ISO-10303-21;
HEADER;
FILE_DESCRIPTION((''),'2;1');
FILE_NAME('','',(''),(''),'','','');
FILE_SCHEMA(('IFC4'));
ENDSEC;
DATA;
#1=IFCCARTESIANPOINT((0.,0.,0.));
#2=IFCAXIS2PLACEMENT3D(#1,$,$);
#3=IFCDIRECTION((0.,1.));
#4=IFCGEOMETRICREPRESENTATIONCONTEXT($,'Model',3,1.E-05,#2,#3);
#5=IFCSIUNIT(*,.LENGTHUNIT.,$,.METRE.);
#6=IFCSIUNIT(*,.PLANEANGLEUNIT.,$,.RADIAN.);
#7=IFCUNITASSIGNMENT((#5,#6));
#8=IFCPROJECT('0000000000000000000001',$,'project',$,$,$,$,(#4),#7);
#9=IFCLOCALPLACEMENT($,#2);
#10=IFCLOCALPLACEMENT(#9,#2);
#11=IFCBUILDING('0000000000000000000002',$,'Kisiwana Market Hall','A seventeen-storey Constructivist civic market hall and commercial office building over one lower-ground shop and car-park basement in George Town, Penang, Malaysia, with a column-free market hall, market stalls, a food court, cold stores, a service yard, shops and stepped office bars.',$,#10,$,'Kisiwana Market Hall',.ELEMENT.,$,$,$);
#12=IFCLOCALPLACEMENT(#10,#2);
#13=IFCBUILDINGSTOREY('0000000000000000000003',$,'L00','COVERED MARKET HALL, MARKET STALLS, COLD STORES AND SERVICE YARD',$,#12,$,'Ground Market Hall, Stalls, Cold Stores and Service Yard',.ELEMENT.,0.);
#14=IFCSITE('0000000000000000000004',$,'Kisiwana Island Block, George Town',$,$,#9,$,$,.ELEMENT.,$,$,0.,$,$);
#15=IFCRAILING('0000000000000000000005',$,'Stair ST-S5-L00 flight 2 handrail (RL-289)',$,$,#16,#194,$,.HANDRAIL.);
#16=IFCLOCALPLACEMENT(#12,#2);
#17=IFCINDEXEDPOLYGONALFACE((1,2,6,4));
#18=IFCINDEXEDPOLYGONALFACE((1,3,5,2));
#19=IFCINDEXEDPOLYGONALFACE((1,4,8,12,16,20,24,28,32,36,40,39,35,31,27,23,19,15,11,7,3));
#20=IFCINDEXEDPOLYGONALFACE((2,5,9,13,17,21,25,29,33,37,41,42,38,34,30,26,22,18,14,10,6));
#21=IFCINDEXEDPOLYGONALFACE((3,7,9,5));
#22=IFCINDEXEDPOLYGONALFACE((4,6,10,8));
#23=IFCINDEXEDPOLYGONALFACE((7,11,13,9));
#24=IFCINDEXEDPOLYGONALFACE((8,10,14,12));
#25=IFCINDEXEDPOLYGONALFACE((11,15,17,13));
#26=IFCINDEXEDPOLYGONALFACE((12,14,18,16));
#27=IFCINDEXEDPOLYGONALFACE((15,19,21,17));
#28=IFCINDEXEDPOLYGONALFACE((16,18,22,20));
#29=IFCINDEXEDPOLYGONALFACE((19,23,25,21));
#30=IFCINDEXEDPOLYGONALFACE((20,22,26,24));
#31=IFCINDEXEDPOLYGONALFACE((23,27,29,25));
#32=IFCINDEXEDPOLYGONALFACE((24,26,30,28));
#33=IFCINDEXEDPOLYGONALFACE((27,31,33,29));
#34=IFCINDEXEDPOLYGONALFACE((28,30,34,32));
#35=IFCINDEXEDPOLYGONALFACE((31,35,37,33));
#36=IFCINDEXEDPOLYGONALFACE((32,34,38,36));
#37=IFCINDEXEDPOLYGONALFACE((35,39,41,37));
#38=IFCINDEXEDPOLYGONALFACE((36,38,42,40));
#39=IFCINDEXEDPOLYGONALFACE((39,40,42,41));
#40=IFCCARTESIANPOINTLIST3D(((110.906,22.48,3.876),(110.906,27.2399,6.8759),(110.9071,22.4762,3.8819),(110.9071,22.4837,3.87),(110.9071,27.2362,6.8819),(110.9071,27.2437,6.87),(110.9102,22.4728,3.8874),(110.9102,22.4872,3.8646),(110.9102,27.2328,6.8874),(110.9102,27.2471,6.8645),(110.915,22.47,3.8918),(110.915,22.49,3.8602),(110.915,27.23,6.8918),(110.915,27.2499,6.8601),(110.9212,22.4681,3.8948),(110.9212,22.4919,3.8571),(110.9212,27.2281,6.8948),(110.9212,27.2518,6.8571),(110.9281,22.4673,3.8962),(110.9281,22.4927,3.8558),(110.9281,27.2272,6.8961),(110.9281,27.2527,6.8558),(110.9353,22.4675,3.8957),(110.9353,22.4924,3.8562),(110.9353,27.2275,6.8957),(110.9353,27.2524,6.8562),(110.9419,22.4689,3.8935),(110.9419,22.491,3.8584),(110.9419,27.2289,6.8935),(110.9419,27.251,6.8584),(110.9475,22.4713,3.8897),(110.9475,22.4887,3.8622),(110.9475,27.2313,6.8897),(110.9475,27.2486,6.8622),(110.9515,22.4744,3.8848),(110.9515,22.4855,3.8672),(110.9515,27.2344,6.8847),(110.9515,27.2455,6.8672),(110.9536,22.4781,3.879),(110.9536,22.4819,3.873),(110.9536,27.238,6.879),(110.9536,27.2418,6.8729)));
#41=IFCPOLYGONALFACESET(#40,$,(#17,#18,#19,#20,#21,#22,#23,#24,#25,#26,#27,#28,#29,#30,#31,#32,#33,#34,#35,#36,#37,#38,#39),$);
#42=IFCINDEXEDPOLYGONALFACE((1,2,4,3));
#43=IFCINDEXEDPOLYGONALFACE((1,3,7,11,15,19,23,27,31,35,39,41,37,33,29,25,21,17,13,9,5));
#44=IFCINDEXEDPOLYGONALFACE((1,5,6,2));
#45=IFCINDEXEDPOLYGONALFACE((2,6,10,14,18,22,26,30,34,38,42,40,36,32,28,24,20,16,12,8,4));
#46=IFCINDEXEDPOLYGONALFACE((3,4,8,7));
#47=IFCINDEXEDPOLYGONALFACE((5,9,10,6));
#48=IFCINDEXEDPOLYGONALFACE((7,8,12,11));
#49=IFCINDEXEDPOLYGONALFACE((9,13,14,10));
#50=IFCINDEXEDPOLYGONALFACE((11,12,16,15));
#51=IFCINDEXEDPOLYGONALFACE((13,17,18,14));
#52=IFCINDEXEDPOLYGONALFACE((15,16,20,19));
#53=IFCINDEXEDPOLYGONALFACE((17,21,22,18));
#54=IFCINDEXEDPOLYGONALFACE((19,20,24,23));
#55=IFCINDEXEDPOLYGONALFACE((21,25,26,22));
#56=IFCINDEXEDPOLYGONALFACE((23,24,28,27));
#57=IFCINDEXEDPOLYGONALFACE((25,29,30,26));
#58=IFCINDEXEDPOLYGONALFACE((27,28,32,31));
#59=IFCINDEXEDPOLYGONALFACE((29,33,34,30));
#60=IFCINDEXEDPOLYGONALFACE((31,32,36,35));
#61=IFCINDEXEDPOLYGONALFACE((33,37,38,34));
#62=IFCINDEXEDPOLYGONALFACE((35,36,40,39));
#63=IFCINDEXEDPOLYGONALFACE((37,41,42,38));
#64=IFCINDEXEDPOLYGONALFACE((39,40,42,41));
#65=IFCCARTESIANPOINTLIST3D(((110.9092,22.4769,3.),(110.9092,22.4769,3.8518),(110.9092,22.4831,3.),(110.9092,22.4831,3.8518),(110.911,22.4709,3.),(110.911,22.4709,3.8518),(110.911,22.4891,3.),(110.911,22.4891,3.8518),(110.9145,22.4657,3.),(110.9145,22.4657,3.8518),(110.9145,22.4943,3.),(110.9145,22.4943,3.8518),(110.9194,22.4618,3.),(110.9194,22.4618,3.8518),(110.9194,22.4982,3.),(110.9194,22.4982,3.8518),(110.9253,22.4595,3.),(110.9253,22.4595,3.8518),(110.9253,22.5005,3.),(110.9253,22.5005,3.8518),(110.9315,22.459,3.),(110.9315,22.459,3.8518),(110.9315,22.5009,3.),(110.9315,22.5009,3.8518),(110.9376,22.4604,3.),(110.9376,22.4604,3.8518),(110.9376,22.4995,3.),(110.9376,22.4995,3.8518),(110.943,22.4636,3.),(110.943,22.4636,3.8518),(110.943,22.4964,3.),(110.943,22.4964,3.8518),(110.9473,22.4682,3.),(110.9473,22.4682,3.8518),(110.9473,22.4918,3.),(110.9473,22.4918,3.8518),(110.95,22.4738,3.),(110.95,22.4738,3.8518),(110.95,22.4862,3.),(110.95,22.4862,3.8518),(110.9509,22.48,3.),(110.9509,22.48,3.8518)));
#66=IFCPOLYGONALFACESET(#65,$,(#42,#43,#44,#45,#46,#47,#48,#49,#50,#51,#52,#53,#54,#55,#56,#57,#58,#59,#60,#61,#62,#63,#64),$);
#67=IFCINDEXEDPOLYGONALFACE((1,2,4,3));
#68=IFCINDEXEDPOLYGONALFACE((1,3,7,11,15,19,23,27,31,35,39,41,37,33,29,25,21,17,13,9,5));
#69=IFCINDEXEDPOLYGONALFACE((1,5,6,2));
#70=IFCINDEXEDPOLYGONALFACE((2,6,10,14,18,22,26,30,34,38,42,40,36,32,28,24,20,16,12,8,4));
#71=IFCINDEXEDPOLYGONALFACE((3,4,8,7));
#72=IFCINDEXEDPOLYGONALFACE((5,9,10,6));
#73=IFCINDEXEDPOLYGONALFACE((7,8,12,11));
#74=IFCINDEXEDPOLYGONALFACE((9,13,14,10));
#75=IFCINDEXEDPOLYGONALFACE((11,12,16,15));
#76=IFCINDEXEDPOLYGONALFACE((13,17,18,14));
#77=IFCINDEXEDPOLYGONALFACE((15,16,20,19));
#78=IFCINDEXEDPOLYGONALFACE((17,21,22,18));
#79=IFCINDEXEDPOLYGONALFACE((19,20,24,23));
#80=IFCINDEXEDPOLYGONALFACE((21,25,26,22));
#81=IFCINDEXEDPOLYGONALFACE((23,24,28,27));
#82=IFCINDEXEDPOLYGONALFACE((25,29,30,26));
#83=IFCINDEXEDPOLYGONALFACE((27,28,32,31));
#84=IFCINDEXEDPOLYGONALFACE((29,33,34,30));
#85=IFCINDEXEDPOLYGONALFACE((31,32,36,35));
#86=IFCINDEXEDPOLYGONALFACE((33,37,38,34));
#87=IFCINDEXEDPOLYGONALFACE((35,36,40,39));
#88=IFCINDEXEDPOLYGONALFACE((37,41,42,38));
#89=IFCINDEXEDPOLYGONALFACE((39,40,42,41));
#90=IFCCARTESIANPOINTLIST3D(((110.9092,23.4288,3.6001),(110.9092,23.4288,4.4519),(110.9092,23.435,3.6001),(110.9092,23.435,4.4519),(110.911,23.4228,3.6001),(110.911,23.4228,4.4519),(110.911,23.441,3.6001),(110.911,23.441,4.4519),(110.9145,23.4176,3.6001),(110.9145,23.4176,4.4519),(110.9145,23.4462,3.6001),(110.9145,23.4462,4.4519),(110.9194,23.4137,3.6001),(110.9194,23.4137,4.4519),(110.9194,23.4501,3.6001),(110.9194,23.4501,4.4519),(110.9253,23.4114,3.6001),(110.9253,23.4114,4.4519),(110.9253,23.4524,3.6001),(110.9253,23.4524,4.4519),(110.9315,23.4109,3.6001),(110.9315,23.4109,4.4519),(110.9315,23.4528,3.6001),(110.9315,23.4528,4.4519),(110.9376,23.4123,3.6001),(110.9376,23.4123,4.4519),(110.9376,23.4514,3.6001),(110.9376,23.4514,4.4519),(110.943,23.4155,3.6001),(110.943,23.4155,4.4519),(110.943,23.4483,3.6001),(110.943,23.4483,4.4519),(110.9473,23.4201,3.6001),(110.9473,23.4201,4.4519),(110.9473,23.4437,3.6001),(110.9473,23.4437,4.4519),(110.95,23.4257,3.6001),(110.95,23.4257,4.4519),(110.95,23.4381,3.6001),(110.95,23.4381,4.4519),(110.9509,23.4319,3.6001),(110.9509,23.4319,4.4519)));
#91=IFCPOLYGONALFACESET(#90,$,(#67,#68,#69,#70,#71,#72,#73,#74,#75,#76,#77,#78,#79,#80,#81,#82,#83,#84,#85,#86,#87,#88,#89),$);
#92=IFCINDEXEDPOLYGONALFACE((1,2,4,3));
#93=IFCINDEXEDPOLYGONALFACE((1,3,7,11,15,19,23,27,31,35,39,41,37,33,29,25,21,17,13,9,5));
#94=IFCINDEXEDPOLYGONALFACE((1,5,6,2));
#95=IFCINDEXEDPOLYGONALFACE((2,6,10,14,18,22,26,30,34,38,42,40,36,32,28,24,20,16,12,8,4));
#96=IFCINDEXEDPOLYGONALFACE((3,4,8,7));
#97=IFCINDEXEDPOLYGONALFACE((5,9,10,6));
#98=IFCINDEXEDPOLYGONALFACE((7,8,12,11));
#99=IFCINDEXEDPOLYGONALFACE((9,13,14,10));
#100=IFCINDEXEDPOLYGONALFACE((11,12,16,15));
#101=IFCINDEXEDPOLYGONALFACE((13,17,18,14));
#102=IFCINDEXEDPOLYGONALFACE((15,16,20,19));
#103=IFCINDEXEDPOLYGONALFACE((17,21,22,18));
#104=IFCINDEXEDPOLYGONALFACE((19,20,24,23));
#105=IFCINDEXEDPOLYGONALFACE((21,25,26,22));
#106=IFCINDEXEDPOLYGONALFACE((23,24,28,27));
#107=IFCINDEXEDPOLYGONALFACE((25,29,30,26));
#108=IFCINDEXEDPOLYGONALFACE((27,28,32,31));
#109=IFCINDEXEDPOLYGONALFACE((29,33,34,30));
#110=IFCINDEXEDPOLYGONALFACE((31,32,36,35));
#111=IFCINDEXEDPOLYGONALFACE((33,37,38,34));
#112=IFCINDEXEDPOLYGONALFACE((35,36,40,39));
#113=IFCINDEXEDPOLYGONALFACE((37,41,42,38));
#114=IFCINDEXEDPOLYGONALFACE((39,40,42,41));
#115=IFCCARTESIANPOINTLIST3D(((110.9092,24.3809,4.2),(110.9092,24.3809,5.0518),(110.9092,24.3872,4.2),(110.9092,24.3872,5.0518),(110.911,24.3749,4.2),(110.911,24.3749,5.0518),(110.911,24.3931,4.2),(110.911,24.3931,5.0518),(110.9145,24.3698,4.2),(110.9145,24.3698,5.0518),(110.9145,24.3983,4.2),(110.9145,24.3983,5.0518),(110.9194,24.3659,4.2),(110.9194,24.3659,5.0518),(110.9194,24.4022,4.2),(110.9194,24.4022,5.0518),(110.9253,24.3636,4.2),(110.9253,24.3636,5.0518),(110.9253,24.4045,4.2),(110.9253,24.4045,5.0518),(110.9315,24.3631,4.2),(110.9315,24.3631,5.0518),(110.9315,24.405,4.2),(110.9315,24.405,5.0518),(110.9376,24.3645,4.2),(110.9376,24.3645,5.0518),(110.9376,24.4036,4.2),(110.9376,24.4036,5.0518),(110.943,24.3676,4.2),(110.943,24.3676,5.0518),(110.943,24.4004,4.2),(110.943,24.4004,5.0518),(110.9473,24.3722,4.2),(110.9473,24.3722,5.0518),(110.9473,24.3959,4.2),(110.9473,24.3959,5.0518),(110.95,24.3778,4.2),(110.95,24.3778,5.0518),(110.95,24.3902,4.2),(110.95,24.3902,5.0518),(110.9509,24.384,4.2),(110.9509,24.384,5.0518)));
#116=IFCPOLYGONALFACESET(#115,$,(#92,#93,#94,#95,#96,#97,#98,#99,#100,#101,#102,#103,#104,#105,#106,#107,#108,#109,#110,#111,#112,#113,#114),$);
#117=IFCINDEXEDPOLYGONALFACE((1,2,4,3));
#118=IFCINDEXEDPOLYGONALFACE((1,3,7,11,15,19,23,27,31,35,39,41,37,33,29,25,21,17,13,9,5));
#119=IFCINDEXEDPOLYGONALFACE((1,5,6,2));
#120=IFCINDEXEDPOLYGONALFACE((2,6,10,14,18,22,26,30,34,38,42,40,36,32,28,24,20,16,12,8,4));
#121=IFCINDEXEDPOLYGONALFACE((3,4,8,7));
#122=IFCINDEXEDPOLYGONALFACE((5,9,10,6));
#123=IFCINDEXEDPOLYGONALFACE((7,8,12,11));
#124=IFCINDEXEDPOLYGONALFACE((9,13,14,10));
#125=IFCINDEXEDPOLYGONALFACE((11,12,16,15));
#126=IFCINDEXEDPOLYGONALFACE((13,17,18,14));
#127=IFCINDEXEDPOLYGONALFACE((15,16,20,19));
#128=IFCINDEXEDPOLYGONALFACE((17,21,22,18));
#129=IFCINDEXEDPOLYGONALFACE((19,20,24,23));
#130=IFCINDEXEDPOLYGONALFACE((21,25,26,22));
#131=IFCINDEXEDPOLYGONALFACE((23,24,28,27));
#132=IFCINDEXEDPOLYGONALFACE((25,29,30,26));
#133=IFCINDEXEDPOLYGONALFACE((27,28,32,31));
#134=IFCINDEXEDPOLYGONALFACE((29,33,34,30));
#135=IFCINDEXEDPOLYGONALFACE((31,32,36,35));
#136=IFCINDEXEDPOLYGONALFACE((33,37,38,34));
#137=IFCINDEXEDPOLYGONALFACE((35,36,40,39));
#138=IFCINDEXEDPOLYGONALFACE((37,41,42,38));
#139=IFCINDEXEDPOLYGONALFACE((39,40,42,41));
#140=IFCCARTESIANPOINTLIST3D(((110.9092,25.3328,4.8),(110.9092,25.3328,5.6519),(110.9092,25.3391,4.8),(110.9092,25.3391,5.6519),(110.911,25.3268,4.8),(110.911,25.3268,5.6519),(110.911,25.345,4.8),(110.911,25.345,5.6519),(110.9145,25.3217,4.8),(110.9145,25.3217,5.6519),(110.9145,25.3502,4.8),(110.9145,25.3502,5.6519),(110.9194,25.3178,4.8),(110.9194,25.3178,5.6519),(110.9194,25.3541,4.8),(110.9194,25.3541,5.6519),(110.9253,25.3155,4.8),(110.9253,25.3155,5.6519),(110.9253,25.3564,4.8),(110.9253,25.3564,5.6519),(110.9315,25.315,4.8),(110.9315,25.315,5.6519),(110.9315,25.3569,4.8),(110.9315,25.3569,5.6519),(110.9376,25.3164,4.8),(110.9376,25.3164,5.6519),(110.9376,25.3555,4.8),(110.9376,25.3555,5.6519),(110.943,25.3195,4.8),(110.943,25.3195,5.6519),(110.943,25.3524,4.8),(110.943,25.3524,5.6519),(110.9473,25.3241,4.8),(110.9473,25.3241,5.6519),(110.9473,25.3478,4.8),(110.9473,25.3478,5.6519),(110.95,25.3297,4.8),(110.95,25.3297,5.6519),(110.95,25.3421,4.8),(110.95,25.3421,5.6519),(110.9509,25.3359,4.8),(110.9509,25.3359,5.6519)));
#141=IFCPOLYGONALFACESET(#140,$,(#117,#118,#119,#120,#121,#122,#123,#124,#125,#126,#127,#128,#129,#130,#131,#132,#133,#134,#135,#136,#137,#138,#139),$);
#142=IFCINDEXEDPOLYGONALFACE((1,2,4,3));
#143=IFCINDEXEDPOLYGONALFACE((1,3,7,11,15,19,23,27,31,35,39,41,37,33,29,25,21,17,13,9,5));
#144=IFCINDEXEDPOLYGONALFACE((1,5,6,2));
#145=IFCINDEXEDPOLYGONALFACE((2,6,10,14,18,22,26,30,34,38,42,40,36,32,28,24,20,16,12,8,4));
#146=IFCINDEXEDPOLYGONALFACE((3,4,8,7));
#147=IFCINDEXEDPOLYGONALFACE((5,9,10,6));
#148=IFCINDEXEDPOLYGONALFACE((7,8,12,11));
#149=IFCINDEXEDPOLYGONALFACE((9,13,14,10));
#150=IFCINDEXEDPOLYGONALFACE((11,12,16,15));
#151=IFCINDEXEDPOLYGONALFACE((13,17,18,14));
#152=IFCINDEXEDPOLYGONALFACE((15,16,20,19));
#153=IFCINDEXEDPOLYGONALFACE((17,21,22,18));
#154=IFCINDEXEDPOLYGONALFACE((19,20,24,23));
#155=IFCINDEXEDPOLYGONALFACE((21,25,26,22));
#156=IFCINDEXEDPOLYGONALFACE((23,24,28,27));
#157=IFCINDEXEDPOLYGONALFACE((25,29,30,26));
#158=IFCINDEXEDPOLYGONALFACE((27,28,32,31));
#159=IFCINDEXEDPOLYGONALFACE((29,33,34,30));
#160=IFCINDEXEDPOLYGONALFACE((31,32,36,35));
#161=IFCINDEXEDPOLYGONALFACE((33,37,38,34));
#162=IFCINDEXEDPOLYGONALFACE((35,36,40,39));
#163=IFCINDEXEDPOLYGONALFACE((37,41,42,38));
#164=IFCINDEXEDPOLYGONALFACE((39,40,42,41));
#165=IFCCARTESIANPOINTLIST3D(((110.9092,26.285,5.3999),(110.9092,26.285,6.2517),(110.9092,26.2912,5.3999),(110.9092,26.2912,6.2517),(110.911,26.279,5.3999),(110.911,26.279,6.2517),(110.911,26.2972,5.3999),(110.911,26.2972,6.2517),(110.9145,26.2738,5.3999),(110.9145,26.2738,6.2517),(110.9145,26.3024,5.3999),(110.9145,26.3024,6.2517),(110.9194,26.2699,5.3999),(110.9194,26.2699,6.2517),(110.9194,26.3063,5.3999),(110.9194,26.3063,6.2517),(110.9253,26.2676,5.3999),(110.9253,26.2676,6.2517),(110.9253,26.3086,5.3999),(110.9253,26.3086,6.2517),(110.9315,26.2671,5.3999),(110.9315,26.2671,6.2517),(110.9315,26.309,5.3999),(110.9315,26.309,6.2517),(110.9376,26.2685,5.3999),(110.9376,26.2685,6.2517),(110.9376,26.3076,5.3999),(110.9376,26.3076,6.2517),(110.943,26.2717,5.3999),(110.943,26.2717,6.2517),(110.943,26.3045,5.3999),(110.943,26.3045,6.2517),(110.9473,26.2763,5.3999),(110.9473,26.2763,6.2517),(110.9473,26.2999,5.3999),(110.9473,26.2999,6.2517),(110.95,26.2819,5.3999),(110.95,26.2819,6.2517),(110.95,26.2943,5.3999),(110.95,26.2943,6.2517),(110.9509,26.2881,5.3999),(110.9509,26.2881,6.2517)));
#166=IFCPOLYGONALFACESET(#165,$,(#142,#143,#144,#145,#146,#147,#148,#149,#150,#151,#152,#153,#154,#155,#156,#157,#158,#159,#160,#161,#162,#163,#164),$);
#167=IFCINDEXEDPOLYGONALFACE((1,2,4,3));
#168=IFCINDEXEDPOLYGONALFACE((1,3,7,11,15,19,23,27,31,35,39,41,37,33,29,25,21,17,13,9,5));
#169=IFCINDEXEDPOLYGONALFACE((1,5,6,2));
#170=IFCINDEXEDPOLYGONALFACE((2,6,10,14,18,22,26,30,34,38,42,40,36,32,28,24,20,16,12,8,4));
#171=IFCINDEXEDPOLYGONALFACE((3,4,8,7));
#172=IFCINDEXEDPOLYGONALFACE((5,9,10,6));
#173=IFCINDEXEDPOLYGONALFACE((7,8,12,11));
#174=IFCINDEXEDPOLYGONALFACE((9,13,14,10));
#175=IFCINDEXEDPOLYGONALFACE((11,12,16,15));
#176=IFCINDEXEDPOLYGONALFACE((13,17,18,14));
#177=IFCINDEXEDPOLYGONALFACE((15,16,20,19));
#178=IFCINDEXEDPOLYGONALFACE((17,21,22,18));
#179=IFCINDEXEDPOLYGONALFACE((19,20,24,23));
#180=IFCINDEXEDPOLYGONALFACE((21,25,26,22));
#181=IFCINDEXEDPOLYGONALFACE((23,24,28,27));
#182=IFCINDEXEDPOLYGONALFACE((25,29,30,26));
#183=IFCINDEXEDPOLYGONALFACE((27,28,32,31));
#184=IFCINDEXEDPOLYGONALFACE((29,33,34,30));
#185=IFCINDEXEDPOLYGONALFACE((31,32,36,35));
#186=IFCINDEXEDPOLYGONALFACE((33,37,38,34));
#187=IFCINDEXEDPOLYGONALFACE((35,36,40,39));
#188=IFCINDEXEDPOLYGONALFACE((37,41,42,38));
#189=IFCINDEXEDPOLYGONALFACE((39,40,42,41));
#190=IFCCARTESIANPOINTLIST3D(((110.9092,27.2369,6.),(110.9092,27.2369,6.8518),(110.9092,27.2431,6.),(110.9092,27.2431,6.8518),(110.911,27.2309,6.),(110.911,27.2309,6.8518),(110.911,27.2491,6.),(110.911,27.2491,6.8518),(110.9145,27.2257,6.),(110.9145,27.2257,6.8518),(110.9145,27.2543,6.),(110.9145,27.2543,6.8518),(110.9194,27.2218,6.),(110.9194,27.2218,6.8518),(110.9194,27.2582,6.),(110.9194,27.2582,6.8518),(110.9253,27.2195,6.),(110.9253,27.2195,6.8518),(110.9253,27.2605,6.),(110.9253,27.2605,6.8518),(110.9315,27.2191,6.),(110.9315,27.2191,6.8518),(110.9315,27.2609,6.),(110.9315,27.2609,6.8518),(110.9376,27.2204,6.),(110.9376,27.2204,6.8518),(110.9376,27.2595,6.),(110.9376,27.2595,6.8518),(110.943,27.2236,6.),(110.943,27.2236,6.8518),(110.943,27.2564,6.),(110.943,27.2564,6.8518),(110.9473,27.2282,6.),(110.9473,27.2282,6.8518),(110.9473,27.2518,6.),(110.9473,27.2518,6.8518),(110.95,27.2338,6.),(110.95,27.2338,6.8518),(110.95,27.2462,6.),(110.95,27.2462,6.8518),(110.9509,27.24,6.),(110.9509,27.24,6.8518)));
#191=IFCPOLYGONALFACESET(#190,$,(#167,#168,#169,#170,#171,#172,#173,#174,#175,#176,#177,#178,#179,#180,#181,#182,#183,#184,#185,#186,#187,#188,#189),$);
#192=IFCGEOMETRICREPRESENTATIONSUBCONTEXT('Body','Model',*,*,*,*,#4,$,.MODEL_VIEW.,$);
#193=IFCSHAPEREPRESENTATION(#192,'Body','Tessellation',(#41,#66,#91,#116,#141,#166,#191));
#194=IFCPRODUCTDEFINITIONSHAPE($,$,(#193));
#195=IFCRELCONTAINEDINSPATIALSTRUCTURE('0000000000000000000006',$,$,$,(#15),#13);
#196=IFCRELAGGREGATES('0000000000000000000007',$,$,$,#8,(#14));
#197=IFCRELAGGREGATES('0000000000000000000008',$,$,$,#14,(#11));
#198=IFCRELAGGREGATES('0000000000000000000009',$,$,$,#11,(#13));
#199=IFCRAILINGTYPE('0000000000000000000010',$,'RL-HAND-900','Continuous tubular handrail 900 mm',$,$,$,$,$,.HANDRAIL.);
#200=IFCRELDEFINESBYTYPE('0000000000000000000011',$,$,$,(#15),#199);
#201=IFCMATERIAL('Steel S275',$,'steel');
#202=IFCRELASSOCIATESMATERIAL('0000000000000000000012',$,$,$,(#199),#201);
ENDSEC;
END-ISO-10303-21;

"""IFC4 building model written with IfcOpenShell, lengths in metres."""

from ifc_helpers import new_model, si_unit, direction, frame, origin, origin_2d, place, context, subcontext, project, spatial, circle, extrude, material, type_object, element, save


model = new_model("IFC4")

# Units and contexts
model_context = context("Model", 3, precision=1e-05, world=origin(), true_north=direction((0.0, 1.0)))
body_context = subcontext(model_context, "Body", "Model", "MODEL_VIEW")
ifc_project = project(units=[si_unit("LENGTHUNIT", "METRE"), si_unit("PLANEANGLEUNIT", "RADIAN")], contexts=[model_context])

# Site, building, storey
site_placement = place(None, origin())
site = spatial("IfcSite", under=ifc_project, at=site_placement, Name="Kisiwana Island Block, George Town", CompositionType="ELEMENT", RefElevation=0.0)
building_placement = place(site_placement, origin())
building = spatial("IfcBuilding", under=site, at=building_placement, Name="Kisiwana Market Hall", Description="A seventeen-storey Constructivist civic market hall and commercial office building over one lower-ground shop and car-park basement in George Town, Penang, Malaysia, with a column-free market hall, market stalls, a food court, cold stores, a service yard, shops and stepped office bars.", LongName="Kisiwana Market Hall", CompositionType="ELEMENT")
storey_placement = place(building_placement, origin())
storey = spatial("IfcBuildingStorey", under=building, at=storey_placement, Name="L00", Description="COVERED MARKET HALL, MARKET STALLS, COLD STORES AND SERVICE YARD", LongName="Ground Market Hall, Stalls, Cold Stores and Service Yard", CompositionType="ELEMENT", Elevation=0.0)

# Railing
ifc_material_1 = material(Name="Steel S275", Category="steel")
railing_type = type_object("IfcRailingType", Name="RL-HAND-900", Description="Continuous tubular handrail 900 mm", PredefinedType="HANDRAIL", material=ifc_material_1)
for number, where, name in (
    (1, (110.9299, 22.48, 3.0), "Stair ST-S5-L00 flight 2 handrail (RL-289)"),
):
    element("IfcRailing", number, at=place(storey_placement, frame(where)), inside=storey, type_object=railing_type, Name=name, PredefinedType="HANDRAIL", context=body_context, shape_type="SweptSolid", body=[
        extrude(circle(Radius=0.0239, at=origin_2d()), frame((0.0, 0.0, 0.876), z_axis=(0.0, 0.845996, 0.53319), x_axis=(-1.0, 0.0, 0.0)), (0.0, 0.0, 1.0), 5.6265),
        extrude(circle(Radius=0.021, at=origin_2d()), origin(), (0.0, 0.0, 1.0), 0.8518),
        extrude(circle(Radius=0.021, at=origin_2d()), frame((0.0, 0.9519, 0.6001)), (0.0, 0.0, 1.0), 0.8518),
        extrude(circle(Radius=0.021, at=origin_2d()), frame((0.0, 1.9041, 1.2)), (0.0, 0.0, 1.0), 0.8518),
        extrude(circle(Radius=0.021, at=origin_2d()), frame((0.0, 2.856, 1.8)), (0.0, 0.0, 1.0), 0.8518),
        extrude(circle(Radius=0.021, at=origin_2d()), frame((0.0, 3.8081, 2.3999)), (0.0, 0.0, 1.0), 0.8518),
        extrude(circle(Radius=0.021, at=origin_2d()), frame((0.0, 4.76, 3.0)), (0.0, 0.0, 1.0), 0.8518),
    ])

save(model, "model.ifc")
